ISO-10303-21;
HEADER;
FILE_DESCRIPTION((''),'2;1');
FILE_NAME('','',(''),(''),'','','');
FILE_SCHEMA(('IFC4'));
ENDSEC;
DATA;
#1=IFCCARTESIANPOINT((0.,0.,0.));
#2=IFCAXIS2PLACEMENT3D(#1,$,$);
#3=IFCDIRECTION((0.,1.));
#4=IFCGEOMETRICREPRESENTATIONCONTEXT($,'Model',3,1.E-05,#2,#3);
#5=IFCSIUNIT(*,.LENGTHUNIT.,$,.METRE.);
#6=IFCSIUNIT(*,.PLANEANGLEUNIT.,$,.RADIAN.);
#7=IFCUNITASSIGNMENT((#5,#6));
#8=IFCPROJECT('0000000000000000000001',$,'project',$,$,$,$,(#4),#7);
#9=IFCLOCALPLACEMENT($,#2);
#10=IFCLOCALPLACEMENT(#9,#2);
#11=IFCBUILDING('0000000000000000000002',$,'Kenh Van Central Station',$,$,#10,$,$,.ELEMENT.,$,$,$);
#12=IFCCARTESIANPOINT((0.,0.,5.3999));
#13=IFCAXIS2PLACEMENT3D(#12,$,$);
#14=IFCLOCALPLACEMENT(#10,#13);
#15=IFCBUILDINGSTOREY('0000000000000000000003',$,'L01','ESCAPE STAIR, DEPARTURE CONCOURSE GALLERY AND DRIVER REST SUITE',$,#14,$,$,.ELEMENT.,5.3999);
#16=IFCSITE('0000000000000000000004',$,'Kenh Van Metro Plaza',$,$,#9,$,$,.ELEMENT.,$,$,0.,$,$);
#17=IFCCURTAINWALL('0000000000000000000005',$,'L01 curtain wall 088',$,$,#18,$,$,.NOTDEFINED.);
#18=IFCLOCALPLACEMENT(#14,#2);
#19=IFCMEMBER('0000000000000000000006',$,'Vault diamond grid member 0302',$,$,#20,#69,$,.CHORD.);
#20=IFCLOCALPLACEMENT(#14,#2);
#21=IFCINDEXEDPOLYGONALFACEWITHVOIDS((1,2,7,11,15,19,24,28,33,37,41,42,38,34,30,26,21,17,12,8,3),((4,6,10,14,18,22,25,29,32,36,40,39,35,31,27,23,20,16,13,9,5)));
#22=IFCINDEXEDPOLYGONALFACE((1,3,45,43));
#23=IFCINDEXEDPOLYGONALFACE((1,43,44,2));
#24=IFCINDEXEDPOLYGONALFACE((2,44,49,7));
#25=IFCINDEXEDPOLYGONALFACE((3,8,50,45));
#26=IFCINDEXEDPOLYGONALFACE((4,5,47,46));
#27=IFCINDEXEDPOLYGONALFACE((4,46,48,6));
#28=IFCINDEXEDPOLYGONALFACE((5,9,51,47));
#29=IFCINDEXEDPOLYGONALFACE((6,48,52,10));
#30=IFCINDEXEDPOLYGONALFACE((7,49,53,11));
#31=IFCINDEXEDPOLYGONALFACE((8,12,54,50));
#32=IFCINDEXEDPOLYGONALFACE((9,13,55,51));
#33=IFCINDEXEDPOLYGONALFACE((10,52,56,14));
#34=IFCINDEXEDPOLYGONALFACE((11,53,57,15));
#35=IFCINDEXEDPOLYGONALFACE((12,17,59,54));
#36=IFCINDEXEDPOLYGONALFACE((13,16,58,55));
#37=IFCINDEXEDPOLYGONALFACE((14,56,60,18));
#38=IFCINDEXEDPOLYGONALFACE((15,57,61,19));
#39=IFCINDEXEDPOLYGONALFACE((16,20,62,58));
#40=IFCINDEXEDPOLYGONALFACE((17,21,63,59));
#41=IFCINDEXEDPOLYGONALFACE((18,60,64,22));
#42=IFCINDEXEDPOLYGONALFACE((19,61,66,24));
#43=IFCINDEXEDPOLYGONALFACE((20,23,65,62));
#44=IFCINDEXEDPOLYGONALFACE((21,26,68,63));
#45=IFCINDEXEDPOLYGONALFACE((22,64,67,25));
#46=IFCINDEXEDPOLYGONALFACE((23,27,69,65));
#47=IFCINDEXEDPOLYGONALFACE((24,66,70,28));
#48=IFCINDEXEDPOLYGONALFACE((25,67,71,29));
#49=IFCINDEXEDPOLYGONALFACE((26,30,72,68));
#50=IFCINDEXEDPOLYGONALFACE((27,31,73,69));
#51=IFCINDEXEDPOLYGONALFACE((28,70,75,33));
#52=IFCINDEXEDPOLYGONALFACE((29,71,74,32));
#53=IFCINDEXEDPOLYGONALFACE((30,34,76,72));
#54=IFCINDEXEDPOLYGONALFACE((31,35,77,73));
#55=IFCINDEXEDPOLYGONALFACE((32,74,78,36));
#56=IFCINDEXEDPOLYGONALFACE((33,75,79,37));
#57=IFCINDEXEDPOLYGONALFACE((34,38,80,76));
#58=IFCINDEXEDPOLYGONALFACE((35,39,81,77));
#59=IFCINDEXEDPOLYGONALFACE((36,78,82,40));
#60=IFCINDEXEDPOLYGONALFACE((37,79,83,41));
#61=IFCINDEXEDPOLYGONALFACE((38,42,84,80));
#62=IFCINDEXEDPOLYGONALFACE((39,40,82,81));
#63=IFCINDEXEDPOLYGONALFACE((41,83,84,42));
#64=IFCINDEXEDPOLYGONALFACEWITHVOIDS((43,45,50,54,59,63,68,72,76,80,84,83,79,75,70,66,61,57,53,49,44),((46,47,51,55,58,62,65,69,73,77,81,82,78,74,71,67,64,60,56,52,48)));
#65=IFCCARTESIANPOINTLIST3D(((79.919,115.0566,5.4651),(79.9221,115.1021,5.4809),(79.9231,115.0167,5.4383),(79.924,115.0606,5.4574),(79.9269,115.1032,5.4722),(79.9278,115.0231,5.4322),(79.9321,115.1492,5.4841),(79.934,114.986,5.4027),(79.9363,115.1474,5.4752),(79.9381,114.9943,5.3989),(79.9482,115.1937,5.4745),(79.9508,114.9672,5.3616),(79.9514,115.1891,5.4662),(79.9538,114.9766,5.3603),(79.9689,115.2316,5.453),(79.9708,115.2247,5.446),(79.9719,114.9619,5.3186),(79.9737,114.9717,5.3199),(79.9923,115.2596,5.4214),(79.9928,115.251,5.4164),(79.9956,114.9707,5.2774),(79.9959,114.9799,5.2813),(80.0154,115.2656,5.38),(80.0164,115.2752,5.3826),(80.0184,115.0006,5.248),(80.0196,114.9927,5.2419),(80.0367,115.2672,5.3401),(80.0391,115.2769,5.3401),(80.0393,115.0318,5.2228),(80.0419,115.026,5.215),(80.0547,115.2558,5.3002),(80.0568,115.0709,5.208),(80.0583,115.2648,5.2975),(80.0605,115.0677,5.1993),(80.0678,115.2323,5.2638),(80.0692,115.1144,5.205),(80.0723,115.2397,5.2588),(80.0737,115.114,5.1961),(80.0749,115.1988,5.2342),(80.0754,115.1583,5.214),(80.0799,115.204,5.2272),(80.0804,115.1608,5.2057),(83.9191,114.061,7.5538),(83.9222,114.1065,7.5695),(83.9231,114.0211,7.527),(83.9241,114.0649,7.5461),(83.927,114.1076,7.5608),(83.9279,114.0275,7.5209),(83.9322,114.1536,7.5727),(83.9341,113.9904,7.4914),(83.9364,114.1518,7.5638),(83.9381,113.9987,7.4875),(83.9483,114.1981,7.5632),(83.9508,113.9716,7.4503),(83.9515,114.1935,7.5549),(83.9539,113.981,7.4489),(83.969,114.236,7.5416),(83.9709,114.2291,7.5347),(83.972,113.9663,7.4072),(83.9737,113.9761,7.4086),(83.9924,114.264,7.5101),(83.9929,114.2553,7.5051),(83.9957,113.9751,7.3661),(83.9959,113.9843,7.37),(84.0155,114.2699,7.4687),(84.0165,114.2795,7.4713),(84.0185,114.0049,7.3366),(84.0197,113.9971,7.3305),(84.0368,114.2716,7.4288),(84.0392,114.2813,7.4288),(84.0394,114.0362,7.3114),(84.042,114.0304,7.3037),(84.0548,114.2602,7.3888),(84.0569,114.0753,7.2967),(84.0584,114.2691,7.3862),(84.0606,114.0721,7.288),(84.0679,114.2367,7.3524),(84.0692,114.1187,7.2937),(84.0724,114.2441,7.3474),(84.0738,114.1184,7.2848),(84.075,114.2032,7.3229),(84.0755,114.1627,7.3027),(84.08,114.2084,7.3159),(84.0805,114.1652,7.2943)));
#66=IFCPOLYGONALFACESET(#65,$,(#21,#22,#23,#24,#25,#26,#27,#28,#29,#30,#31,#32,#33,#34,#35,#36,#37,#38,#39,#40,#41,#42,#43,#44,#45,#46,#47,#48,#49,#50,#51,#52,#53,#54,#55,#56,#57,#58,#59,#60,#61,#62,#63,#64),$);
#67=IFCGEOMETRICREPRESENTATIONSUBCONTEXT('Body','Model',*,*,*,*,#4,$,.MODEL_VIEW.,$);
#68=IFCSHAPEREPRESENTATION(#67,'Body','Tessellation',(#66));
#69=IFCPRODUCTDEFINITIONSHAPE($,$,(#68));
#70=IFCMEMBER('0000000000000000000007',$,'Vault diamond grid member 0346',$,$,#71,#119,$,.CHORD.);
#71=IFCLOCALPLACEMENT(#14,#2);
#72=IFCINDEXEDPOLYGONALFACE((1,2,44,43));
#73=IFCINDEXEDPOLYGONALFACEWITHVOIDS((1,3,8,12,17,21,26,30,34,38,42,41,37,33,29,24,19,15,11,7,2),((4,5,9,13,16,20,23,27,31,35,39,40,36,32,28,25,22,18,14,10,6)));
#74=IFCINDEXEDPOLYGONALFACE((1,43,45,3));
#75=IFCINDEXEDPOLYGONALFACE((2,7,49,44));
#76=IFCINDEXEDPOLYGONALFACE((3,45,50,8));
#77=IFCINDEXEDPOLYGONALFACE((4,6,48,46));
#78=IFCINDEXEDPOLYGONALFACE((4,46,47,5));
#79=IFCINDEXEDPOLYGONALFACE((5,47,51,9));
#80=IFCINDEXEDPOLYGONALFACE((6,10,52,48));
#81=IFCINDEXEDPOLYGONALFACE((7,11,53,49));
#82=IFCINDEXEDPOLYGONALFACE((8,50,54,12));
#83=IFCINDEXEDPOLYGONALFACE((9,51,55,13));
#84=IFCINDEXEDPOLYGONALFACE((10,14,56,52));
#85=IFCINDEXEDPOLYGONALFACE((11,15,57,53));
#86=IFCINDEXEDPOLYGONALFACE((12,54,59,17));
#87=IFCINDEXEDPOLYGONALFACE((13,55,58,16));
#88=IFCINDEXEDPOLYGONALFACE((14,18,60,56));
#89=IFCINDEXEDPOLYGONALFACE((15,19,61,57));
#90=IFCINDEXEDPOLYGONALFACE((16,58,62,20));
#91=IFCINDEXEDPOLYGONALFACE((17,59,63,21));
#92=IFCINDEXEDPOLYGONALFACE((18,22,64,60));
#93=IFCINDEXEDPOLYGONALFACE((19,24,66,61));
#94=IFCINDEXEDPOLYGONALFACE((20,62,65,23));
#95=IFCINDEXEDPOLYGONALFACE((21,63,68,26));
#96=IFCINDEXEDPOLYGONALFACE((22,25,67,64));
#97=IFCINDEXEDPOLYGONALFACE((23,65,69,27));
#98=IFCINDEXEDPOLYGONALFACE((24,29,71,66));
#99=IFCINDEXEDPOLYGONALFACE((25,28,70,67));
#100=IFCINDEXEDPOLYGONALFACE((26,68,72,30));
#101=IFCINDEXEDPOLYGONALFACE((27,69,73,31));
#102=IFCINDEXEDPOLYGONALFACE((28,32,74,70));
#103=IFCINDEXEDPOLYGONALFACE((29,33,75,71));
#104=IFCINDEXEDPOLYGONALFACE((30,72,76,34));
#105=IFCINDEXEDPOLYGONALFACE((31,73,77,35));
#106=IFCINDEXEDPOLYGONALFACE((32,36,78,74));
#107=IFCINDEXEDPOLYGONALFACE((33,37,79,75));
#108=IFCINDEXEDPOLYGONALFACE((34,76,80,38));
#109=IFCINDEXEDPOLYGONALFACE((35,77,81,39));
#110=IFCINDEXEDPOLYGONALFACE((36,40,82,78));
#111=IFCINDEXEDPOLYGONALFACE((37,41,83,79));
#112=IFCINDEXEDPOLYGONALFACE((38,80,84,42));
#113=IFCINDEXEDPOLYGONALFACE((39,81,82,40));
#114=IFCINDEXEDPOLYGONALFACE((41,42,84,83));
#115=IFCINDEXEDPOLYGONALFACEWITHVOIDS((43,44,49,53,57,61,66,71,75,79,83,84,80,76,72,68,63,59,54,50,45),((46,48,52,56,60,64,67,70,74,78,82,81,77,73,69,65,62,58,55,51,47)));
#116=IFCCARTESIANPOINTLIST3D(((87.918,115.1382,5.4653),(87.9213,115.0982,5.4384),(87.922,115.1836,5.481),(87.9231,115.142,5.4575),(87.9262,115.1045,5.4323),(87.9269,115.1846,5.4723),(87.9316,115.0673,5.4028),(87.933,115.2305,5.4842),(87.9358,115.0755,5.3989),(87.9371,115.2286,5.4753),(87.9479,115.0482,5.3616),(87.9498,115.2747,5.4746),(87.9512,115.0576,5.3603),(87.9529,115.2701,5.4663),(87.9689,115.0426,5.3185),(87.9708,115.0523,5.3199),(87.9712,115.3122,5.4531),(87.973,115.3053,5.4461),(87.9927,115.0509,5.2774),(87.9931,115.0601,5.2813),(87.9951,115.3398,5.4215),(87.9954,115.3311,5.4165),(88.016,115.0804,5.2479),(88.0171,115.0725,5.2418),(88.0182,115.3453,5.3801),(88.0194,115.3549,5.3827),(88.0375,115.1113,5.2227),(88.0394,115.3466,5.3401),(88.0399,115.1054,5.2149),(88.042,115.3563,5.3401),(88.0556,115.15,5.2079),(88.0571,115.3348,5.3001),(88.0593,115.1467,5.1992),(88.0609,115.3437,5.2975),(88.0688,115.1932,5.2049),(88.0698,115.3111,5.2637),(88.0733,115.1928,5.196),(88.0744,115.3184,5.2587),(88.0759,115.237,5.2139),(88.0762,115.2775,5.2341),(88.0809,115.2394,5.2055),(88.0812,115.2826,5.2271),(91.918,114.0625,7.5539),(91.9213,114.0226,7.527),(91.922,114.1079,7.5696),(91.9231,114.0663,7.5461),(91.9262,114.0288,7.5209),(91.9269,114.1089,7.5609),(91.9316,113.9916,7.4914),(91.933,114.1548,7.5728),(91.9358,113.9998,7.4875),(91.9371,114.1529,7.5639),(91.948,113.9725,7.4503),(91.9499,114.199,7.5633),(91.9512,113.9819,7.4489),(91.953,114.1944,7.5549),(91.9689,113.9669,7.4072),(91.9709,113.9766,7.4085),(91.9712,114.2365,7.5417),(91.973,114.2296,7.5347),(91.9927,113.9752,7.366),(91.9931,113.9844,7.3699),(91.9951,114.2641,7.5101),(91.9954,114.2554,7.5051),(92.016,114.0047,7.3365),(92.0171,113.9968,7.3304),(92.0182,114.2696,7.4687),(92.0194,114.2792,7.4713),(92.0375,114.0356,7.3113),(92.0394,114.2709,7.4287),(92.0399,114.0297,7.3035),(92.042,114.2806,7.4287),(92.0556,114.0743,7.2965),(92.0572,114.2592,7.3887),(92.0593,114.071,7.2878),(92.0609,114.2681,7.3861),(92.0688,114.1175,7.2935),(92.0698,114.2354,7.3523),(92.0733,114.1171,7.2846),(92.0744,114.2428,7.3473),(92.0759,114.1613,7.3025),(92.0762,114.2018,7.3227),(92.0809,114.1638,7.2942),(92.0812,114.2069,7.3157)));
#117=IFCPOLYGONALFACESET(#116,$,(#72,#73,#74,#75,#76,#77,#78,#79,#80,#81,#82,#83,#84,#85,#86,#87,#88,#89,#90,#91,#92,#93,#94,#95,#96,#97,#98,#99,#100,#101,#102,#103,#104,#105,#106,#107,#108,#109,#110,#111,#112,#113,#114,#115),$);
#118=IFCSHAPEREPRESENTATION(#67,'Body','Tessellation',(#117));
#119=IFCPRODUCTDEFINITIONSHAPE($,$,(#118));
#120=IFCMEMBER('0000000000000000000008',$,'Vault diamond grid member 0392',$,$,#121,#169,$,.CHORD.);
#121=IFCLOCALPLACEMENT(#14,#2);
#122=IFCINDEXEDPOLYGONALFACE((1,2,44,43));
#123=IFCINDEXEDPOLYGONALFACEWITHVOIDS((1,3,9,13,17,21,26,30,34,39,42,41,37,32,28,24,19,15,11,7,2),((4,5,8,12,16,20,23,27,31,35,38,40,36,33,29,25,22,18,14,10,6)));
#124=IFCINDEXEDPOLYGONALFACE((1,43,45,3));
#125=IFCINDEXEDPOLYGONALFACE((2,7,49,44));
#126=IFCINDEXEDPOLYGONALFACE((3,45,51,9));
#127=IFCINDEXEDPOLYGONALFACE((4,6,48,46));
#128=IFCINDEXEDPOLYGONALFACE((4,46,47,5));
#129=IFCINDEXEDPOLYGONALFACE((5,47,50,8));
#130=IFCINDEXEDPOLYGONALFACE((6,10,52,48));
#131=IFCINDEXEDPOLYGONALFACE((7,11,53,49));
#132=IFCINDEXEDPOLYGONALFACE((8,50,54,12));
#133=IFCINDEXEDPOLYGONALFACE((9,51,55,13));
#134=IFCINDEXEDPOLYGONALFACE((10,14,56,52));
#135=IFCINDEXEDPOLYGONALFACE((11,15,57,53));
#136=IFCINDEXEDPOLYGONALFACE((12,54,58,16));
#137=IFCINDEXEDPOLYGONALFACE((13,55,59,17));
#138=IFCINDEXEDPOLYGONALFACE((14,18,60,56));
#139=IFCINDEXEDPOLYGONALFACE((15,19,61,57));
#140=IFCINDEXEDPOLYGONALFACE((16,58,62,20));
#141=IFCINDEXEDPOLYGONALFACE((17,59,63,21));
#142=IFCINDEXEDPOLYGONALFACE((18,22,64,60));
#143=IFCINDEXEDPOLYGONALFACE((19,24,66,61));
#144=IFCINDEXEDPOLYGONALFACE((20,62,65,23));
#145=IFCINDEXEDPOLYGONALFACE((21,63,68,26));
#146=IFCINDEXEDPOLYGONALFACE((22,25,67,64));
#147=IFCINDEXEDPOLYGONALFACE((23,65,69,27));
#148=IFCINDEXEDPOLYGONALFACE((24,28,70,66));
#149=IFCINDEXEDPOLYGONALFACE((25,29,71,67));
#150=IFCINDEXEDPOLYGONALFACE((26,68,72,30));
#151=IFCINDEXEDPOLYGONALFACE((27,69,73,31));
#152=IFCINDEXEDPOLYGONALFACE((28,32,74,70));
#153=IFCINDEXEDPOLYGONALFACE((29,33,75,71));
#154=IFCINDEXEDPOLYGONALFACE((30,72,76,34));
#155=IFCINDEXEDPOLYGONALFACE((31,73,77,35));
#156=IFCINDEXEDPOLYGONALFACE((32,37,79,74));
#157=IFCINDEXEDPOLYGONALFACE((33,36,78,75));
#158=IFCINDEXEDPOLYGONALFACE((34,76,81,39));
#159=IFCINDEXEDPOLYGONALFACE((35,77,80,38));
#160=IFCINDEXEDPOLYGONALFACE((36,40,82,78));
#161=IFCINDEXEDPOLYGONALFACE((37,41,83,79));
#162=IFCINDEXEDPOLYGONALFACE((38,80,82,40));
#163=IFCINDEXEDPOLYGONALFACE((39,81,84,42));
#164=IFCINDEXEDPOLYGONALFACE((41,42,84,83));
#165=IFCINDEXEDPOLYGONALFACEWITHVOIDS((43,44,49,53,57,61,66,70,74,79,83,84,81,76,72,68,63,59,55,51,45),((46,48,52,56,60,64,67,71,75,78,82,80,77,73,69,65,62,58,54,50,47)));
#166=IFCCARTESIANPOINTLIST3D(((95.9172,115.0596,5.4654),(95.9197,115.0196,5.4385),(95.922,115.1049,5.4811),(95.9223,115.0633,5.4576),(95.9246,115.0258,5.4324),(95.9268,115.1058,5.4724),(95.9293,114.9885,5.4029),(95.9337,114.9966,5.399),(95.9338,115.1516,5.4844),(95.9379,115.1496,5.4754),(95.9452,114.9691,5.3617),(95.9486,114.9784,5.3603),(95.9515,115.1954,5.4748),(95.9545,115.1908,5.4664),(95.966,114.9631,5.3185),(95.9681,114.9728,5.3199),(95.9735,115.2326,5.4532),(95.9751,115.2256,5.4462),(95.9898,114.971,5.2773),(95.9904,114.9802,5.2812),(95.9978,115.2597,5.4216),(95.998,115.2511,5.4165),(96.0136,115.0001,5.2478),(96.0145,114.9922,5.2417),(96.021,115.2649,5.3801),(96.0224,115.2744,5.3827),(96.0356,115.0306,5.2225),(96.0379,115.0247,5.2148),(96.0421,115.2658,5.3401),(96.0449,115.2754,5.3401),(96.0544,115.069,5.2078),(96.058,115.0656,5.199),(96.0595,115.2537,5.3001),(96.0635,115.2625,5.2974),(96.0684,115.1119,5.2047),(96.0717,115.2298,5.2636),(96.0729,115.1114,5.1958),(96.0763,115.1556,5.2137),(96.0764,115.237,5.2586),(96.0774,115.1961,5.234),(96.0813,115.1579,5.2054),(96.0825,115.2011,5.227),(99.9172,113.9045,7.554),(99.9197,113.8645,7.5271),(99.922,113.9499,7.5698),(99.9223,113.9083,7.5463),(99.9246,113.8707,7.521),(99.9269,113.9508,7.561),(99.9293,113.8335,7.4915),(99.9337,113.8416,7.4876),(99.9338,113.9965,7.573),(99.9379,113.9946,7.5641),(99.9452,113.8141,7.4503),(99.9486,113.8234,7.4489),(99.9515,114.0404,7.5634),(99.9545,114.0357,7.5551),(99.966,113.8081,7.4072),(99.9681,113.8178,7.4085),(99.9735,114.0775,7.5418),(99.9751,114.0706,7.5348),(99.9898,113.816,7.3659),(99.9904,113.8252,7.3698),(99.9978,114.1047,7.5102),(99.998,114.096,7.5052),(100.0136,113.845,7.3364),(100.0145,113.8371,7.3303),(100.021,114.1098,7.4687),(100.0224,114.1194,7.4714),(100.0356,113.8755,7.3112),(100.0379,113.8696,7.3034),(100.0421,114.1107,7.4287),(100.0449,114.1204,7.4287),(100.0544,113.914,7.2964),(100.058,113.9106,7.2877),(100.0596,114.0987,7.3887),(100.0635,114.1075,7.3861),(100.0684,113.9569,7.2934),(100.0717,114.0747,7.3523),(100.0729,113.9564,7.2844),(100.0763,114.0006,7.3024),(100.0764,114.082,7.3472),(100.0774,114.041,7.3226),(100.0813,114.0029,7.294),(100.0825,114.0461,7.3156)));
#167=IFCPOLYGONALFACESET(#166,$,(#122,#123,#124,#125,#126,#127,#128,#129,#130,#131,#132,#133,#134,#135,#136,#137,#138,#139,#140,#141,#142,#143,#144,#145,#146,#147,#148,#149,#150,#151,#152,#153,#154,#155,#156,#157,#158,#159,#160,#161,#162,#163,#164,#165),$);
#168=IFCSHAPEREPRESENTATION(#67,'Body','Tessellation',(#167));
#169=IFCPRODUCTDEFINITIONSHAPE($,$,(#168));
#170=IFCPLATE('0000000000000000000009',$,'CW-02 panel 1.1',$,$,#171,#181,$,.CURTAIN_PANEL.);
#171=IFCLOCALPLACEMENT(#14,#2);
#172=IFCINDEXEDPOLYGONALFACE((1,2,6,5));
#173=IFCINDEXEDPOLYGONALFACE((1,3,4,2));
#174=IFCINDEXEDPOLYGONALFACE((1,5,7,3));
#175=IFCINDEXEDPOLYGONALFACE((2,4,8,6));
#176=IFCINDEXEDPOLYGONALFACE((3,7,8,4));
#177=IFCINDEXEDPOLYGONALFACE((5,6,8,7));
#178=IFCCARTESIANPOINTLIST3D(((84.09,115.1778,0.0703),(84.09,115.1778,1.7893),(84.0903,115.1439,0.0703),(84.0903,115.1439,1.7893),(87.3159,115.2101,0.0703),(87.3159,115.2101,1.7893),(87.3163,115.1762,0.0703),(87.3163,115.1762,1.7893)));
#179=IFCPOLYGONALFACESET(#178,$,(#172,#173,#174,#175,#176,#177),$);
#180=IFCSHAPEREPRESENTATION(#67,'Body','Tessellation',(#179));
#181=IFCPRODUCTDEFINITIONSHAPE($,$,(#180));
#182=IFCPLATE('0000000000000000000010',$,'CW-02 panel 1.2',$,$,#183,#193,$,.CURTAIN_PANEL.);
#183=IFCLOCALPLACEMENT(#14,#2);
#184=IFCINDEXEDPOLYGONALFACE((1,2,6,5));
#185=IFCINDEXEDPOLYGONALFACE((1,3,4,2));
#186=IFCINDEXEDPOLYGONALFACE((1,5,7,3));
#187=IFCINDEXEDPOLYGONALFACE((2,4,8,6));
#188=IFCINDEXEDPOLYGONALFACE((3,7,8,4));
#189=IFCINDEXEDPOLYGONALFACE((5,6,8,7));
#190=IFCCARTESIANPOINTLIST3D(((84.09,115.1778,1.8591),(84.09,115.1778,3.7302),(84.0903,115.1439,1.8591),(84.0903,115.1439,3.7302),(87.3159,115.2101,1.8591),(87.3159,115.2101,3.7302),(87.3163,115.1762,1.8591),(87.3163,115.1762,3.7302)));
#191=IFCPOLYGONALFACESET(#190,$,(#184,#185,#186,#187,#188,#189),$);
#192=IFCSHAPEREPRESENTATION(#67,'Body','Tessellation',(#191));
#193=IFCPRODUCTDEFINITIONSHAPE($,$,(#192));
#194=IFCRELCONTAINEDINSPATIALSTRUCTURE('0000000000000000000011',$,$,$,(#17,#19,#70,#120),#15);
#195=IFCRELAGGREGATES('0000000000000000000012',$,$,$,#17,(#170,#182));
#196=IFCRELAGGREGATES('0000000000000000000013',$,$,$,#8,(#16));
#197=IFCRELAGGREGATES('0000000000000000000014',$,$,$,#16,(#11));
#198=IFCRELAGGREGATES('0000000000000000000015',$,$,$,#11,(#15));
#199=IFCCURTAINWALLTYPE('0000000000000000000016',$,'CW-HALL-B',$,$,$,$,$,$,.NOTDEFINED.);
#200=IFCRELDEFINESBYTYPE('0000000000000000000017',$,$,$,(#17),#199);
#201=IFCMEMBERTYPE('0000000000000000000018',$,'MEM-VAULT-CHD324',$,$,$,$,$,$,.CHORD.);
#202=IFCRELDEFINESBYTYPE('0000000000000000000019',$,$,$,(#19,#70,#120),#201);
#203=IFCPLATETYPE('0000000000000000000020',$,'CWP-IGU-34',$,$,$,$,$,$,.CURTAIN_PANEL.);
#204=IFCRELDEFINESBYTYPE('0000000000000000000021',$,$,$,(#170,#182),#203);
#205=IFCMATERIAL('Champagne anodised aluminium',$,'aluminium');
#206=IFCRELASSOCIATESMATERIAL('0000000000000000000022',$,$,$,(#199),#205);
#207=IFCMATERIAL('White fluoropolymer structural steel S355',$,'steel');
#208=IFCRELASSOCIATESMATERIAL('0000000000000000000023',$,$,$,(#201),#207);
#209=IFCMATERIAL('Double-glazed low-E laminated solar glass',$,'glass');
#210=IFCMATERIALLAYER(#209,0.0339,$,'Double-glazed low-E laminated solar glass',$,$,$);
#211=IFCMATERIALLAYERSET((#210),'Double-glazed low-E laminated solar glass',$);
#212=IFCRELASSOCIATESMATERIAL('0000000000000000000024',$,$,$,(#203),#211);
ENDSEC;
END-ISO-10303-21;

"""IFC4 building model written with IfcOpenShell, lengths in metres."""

from ifc_helpers import new_model, si_unit, direction, frame, origin, origin_2d, place, context, subcontext, project, spatial, rectangle, hollow_circle, extrude, material, layer, layer_set, material_profile, profile_set, type_object, element, aggregate, save


model = new_model("IFC4")

# Units and contexts
model_context = context("Model", 3, precision=1e-05, world=origin(), true_north=direction((0.0, 1.0)))
body_context = subcontext(model_context, "Body", "Model", "MODEL_VIEW")
ifc_project = project(units=[si_unit("LENGTHUNIT", "METRE"), si_unit("PLANEANGLEUNIT", "RADIAN")], contexts=[model_context])

# Site, building, storey
site_placement = place(None, origin())
site = spatial("IfcSite", under=ifc_project, at=site_placement, Name="Kenh Van Metro Plaza", CompositionType="ELEMENT", RefElevation=0.0)
building_placement = place(site_placement, origin())
building = spatial("IfcBuilding", under=site, at=building_placement, Name="Kenh Van Central Station", CompositionType="ELEMENT")
storey_placement = place(building_placement, frame((0.0, 0.0, 5.3999)))
storey = spatial("IfcBuildingStorey", under=building, at=storey_placement, Name="L01", Description="ESCAPE STAIR, DEPARTURE CONCOURSE GALLERY AND DRIVER REST SUITE", CompositionType="ELEMENT", Elevation=5.3999)

# Shared definitions
ifc_material_1 = material(Name="Champagne anodised aluminium", Category="aluminium")
curtain_wall_type = type_object("IfcCurtainWallType", Name="CW-HALL-B", PredefinedType="NOTDEFINED", material=ifc_material_1)

# Curtain wall
curtain_wall_1_placement = place(storey_placement, origin())
curtain_wall_1 = element("IfcCurtainWall", 1, at=curtain_wall_1_placement, inside=storey, type_object=curtain_wall_type, Name="L01 curtain wall 088", PredefinedType="NOTDEFINED")

# Members
ifc_material_2 = material(Name="White fluoropolymer structural steel S355", Category="steel")
ifc_material_profile_1 = material_profile(ifc_material_2, hollow_circle(Radius=0.1619, WallThickness=0.01, at=origin_2d()), Name="CHS 323.9x10")
ifc_profile_set_1 = profile_set([ifc_material_profile_1], Name="White fluoropolymer structural steel S355")
member_type_1 = type_object("IfcMemberType", Name="MEM-VAULT-CHD324", PredefinedType="CHORD", material=ifc_profile_set_1)
member_1_placement = place(storey_placement, frame((80.0, 115.1199, 5.3401), z_axis=(0.865615, -0.215453, 0.451986), x_axis=(0.241532, 0.970393, 0.0)))
element("IfcMember", 2, at=member_1_placement, inside=storey, type_object=member_type_1, Name="Vault diamond grid member 0302", PredefinedType="CHORD", context=body_context, shape_type="SweptSolid", body=[
    extrude(hollow_circle(Radius=0.1619, WallThickness=0.01, at=origin_2d()), origin(), (0.0, 0.0, 1.0), 4.6211),
])
member_2_placement = place(storey_placement, frame((88.0, 115.2, 5.3401), z_axis=(0.862272, -0.231883, 0.450241), x_axis=(0.259694, 0.965691, 0.0)))
element("IfcMember", 3, at=member_2_placement, inside=storey, type_object=member_type_1, Name="Vault diamond grid member 0346", PredefinedType="CHORD", context=body_context, shape_type="SweptSolid", body=[
    extrude(hollow_circle(Radius=0.1619, WallThickness=0.01, at=origin_2d()), origin(), (0.0, 0.0, 1.0), 4.6389),
])
member_3_placement = place(storey_placement, frame((96.0, 115.1199, 5.3401), z_axis=(0.858748, -0.24797, 0.4484), x_axis=(0.277423, 0.960748, 0.0)))
element("IfcMember", 4, at=member_3_placement, inside=storey, type_object=member_type_1, Name="Vault diamond grid member 0392", PredefinedType="CHORD", context=body_context, shape_type="SweptSolid", body=[
    extrude(hollow_circle(Radius=0.1619, WallThickness=0.01, at=origin_2d()), origin(), (0.0, 0.0, 1.0), 4.658),
])

# Plates
ifc_material_3 = material(Name="Double-glazed low-E laminated solar glass", Category="glass")
ifc_layer = layer(ifc_material_3, 0.0339, Name="Double-glazed low-E laminated solar glass")
ifc_layer_set = layer_set([ifc_layer], Name="Double-glazed low-E laminated solar glass")
plate_type = type_object("IfcPlateType", Name="CWP-IGU-34", PredefinedType="CURTAIN_PANEL", material=ifc_layer_set)
plate_1_placement = place(storey_placement, frame((85.7031, 115.177, 0.0703), z_axis=(0.0, 0.0, 1.0), x_axis=(-0.99995, -0.010012, 0.0)))
plate_1 = element("IfcPlate", 5, at=plate_1_placement, type_object=plate_type, Name="CW-02 panel 1.1", PredefinedType="CURTAIN_PANEL", context=body_context, shape_type="SweptSolid", body=[
    extrude(rectangle(XDim=3.2261, YDim=0.0339, at=origin_2d()), origin(), (0.0, 0.0, 1.0), 1.719),
])
plate_2_placement = place(storey_placement, frame((85.7031, 115.177, 1.8591), z_axis=(0.0, 0.0, 1.0), x_axis=(-0.99995, -0.010012, 0.0)))
plate_2 = element("IfcPlate", 6, at=plate_2_placement, type_object=plate_type, Name="CW-02 panel 1.2", PredefinedType="CURTAIN_PANEL", context=body_context, shape_type="SweptSolid", body=[
    extrude(rectangle(XDim=3.2261, YDim=0.0339, at=origin_2d()), origin(), (0.0, 0.0, 1.0), 1.8711),
])
aggregate(curtain_wall_1, [plate_1, plate_2])

save(model, "model.ifc")
